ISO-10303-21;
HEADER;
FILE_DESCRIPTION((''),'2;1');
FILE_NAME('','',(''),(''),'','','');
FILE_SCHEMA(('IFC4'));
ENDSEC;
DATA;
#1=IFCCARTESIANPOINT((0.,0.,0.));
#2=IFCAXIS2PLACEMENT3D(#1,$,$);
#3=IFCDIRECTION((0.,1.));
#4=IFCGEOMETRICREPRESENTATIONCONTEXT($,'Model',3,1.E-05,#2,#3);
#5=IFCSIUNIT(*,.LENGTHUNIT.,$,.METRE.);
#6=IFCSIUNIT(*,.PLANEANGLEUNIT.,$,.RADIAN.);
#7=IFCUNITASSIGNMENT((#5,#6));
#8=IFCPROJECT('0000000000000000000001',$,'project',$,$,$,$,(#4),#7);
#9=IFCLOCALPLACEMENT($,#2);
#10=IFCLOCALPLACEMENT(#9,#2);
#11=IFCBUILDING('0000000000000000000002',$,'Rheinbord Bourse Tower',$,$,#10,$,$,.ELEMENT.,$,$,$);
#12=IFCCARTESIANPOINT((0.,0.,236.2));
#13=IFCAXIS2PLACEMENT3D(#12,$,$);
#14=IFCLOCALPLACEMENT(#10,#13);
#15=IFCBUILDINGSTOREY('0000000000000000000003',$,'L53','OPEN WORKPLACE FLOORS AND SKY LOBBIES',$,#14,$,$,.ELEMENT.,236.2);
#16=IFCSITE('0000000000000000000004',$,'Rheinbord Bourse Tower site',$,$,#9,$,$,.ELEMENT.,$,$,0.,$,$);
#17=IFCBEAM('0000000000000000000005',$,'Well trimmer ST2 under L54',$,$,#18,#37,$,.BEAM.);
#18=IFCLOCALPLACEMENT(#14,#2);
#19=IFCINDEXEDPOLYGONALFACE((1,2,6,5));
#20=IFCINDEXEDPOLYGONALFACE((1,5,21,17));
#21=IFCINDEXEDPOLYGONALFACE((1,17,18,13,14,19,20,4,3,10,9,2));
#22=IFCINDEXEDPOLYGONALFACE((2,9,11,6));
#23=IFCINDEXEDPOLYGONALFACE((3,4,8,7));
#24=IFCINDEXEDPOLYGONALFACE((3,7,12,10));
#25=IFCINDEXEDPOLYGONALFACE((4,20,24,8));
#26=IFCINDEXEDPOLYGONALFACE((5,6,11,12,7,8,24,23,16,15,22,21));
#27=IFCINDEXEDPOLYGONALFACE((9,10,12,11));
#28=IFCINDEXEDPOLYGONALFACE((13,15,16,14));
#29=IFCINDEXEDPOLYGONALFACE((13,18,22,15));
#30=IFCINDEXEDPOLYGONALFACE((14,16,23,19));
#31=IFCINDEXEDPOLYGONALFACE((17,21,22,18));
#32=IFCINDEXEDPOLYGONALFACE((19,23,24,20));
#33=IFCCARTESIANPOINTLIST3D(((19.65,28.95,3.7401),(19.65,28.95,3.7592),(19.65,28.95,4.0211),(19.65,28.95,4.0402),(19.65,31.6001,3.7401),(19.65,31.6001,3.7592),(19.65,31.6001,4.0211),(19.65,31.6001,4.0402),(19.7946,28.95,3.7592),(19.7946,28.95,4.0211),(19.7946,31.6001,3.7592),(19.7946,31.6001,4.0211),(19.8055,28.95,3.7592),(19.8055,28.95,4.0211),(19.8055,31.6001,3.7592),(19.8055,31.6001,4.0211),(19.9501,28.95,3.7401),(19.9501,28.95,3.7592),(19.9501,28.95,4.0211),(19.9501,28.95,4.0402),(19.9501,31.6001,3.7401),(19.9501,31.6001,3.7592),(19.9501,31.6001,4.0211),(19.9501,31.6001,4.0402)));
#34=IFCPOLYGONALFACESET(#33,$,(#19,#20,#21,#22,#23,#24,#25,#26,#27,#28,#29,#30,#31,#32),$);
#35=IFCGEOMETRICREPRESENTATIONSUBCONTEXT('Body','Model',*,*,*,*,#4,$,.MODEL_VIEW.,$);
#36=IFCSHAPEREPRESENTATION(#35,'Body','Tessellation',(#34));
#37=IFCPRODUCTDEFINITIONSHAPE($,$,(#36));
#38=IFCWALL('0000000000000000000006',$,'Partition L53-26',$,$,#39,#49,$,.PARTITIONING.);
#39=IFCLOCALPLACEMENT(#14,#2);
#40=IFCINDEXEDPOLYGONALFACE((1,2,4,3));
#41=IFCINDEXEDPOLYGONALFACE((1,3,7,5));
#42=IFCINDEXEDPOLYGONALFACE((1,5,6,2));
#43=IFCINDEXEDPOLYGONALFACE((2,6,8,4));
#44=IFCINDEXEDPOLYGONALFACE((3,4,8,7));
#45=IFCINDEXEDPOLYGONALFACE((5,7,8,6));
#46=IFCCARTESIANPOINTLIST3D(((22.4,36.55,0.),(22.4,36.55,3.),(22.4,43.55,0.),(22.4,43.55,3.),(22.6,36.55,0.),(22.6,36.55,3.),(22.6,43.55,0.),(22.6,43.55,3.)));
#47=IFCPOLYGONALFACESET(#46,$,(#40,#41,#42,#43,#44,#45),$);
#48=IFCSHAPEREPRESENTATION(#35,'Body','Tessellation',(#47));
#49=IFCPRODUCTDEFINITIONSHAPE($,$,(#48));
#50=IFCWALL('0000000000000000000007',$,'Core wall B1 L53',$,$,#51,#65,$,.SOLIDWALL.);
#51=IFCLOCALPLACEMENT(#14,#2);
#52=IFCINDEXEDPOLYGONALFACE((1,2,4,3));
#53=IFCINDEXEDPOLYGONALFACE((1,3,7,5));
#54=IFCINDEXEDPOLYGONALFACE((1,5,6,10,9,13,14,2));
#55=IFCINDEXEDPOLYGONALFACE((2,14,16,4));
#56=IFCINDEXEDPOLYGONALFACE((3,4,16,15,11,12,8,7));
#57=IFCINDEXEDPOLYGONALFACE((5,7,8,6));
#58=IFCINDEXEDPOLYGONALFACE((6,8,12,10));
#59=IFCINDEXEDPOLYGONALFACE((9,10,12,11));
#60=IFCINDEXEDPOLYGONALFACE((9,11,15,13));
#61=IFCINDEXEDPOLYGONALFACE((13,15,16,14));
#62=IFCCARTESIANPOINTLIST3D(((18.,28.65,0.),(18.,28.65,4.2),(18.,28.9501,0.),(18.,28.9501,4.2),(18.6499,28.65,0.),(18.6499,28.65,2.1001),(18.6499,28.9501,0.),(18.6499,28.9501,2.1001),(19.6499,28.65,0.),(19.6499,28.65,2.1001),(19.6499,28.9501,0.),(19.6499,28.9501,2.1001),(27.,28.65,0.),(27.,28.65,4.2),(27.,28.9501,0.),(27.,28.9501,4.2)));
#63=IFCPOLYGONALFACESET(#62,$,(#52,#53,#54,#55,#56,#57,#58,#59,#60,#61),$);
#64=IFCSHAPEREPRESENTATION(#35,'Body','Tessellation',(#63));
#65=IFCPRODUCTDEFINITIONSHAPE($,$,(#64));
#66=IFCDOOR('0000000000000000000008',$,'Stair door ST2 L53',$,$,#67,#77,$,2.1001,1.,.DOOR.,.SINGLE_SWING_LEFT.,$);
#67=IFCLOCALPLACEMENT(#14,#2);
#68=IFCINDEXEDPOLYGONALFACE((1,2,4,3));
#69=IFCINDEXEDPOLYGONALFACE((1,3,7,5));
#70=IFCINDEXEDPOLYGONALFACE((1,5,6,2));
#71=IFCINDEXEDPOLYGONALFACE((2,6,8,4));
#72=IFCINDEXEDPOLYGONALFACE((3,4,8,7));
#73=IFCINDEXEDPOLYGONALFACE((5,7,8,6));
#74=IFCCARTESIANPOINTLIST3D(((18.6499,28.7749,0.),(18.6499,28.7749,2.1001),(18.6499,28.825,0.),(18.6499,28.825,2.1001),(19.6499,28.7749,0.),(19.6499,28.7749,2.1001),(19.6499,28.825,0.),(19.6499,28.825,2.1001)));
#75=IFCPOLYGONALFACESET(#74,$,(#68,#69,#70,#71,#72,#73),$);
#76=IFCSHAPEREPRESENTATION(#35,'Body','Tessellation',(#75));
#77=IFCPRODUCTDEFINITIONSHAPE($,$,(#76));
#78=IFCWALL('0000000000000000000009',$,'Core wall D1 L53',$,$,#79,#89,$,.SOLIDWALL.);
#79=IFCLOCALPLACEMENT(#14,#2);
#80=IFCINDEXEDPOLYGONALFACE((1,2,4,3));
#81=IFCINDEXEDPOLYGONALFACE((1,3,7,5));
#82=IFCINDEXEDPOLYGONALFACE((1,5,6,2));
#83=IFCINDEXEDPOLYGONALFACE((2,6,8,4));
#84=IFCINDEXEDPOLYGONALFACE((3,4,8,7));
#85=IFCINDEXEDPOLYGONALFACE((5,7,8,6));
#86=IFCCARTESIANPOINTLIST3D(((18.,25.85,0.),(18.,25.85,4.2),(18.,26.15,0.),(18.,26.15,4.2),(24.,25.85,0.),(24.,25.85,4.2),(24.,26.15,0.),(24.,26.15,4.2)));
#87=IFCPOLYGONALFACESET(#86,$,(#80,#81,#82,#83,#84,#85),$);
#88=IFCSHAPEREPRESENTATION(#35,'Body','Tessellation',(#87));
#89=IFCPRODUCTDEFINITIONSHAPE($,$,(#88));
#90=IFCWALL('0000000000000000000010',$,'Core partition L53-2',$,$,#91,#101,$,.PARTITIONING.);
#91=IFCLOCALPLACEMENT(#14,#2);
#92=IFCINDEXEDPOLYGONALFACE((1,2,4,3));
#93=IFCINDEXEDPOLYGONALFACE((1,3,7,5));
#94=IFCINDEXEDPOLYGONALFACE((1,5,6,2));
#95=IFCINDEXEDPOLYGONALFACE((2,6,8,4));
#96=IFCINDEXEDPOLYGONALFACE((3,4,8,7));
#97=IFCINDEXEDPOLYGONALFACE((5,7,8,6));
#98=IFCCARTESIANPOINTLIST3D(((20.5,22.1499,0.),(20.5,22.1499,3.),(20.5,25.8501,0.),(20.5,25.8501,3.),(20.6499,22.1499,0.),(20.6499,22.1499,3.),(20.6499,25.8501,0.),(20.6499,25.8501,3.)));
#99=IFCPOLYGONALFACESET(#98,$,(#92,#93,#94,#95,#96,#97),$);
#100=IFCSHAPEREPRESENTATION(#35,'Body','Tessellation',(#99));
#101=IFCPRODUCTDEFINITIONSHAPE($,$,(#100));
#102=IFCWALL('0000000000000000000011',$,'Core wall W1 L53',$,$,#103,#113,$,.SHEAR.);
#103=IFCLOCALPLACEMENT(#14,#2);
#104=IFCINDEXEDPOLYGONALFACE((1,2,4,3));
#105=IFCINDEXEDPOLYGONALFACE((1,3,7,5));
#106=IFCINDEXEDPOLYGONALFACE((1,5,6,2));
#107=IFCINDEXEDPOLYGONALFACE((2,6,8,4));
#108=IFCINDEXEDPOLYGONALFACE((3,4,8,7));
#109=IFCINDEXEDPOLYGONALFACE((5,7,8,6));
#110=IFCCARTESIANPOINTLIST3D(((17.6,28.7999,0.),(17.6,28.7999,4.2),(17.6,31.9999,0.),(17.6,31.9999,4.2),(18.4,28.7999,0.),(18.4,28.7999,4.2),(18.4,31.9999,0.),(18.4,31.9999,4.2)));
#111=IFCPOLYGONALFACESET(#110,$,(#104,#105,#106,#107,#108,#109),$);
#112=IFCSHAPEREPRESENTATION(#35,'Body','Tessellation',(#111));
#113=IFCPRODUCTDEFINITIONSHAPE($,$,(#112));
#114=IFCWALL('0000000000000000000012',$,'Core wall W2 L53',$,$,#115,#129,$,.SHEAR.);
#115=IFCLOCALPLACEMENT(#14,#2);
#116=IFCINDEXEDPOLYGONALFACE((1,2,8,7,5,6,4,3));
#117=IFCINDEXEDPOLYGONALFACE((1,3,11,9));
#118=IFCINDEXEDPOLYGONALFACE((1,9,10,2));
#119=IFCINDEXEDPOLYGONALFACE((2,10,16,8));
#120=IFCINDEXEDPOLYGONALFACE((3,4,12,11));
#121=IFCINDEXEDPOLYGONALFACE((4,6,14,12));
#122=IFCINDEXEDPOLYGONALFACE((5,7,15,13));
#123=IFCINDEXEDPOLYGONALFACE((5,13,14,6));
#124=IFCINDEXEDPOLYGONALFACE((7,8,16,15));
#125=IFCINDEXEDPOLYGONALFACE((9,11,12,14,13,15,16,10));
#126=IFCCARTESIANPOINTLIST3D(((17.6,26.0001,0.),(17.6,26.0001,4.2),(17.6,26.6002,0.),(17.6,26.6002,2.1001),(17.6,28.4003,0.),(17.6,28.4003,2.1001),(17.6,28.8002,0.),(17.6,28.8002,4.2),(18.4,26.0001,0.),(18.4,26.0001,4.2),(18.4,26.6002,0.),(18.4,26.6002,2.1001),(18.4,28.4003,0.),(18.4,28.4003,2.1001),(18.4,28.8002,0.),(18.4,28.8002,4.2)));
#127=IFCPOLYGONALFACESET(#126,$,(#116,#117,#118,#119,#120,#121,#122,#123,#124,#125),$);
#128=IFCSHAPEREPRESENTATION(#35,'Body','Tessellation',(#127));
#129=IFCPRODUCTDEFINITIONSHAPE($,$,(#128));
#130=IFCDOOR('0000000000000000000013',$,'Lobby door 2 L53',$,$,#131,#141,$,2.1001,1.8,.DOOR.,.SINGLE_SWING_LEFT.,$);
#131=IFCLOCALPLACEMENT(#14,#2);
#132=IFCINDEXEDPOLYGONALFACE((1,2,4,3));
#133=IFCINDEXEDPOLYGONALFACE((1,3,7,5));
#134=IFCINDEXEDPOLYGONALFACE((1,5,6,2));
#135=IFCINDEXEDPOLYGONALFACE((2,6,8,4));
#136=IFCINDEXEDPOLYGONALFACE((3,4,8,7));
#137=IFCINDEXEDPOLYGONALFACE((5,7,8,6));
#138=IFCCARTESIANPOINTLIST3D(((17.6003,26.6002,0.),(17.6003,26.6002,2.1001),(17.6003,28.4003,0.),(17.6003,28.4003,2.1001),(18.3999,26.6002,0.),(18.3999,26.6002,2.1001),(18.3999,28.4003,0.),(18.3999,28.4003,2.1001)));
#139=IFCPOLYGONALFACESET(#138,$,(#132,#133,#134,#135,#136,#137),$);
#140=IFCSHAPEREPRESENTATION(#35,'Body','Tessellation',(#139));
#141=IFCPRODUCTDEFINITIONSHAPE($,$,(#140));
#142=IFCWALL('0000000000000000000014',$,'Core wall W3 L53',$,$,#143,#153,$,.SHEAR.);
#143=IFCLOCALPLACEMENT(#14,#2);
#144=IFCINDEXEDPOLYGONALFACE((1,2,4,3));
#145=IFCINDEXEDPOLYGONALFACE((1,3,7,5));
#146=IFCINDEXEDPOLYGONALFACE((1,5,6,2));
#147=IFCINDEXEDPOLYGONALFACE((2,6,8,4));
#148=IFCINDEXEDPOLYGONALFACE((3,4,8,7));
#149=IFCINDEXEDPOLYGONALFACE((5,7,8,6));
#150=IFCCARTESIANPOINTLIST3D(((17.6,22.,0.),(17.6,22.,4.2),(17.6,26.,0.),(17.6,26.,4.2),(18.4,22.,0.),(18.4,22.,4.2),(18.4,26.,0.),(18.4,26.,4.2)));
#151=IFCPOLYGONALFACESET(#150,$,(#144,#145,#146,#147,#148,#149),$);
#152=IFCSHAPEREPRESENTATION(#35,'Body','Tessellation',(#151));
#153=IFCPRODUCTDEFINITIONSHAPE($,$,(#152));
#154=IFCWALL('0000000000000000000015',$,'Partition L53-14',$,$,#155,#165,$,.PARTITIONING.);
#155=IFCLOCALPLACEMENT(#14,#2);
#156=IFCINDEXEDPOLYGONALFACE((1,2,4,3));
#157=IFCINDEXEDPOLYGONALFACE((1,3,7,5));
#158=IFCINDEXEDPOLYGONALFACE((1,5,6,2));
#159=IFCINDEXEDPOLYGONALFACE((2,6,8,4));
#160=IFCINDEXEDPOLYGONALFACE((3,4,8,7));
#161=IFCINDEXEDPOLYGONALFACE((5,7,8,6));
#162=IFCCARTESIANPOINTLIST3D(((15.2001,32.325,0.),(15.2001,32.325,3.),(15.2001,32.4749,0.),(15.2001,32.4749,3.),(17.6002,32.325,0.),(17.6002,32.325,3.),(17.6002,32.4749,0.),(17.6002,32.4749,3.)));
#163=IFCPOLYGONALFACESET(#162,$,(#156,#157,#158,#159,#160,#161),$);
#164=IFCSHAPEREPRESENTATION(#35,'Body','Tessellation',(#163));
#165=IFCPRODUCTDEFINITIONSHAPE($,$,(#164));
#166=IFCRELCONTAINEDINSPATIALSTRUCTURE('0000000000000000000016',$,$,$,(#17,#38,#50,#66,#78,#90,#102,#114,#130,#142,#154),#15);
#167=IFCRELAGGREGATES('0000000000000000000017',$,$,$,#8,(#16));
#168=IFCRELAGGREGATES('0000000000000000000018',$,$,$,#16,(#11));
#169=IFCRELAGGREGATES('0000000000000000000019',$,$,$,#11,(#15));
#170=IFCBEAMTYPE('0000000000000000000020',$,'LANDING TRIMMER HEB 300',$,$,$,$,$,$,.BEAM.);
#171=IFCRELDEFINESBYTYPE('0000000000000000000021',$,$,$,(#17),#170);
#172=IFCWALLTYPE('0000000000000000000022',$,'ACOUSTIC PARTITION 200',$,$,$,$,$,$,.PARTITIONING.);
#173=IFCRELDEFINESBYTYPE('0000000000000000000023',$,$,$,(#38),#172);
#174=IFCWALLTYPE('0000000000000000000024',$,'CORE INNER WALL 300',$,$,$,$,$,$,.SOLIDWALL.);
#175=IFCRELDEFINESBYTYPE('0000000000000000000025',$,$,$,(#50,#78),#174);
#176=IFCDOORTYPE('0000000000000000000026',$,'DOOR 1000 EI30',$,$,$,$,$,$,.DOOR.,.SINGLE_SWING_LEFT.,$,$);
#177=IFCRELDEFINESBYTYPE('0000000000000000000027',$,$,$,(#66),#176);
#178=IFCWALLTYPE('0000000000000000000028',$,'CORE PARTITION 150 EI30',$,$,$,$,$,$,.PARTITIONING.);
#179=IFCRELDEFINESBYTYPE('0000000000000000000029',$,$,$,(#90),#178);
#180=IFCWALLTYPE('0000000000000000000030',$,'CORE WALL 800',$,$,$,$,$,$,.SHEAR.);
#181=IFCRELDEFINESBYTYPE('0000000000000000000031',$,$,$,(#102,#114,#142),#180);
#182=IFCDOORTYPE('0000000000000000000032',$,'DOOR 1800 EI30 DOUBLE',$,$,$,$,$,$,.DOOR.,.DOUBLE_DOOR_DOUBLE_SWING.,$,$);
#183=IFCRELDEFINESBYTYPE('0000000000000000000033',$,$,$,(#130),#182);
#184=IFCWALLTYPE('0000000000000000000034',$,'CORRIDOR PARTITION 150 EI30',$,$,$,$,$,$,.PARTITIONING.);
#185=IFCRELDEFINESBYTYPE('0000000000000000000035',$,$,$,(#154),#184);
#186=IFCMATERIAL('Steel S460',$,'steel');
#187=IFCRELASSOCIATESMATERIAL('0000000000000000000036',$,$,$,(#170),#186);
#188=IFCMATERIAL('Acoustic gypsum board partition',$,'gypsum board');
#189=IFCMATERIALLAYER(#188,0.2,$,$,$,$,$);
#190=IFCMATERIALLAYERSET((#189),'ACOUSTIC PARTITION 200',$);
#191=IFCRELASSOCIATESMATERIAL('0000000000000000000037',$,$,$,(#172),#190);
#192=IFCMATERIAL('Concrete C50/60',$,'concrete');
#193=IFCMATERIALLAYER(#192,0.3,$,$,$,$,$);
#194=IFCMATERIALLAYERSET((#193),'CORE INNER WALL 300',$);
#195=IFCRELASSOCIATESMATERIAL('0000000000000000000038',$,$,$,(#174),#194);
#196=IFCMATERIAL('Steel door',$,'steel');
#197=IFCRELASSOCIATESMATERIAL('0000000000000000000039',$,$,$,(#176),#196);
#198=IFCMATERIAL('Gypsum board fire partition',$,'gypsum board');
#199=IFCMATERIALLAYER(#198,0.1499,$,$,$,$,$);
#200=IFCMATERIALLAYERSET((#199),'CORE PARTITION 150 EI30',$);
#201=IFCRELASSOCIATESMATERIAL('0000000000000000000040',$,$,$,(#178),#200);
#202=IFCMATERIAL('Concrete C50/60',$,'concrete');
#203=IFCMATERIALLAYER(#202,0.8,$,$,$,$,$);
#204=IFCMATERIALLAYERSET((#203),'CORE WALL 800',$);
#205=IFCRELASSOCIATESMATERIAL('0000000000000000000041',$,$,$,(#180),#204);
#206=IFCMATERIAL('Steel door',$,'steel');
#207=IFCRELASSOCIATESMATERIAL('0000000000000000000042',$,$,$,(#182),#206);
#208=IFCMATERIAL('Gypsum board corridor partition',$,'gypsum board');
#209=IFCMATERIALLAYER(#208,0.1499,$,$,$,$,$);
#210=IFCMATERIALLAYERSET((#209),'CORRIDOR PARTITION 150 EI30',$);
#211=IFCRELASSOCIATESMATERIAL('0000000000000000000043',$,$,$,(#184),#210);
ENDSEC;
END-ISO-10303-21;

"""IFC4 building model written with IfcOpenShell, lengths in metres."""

from ifc_helpers import new_model, si_unit, direction, frame, frame_2d, origin, origin_2d, place, context, subcontext, project, spatial, rectangle, i_section, extrude, material, layer, layer_set, material_profile, profile_set, type_object, element, fill, save


model = new_model("IFC4")

# Units and contexts
model_context = context("Model", 3, precision=1e-05, world=origin(), true_north=direction((0.0, 1.0)))
body_context = subcontext(model_context, "Body", "Model", "MODEL_VIEW")
ifc_project = project(units=[si_unit("LENGTHUNIT", "METRE"), si_unit("PLANEANGLEUNIT", "RADIAN")], contexts=[model_context])

# Site, building, storey
site_placement = place(None, origin())
site = spatial("IfcSite", under=ifc_project, at=site_placement, Name="Rheinbord Bourse Tower site", CompositionType="ELEMENT", RefElevation=0.0)
building_placement = place(site_placement, origin())
building = spatial("IfcBuilding", under=site, at=building_placement, Name="Rheinbord Bourse Tower", CompositionType="ELEMENT")
storey_placement = place(building_placement, frame((0.0, 0.0, 236.2)))
storey = spatial("IfcBuildingStorey", under=building, at=storey_placement, Name="L53", Description="OPEN WORKPLACE FLOORS AND SKY LOBBIES", CompositionType="ELEMENT", Elevation=236.2)

# Beam
ifc_material_1 = material(Name="Steel S460", Category="steel")
ifc_material_profile = material_profile(ifc_material_1, i_section(OverallWidth=0.3, OverallDepth=0.3, WebThickness=0.011, FlangeThickness=0.019, at=origin_2d()), Name="HEB 300")
ifc_profile_set = profile_set([ifc_material_profile], Name="Steel S460")
beam_type = type_object("IfcBeamType", Name="LANDING TRIMMER HEB 300", PredefinedType="BEAM", material=ifc_profile_set)
beam_placement = place(storey_placement, frame((19.8, 28.95, 3.8901), z_axis=(0.0, 1.0, 0.0), x_axis=(-1.0, 0.0, 0.0)))
element("IfcBeam", 1, at=beam_placement, inside=storey, type_object=beam_type, Name="Well trimmer ST2 under L54", PredefinedType="BEAM", context=body_context, shape_type="SweptSolid", body=[
    extrude(i_section(OverallWidth=0.3, OverallDepth=0.3, WebThickness=0.011, FlangeThickness=0.019, at=origin_2d()), origin(), (0.0, 0.0, 1.0), 2.6501),
])

# Wall
ifc_material_2 = material(Name="Acoustic gypsum board partition", Category="gypsum board")
ifc_layer_1 = layer(ifc_material_2, 0.2)
ifc_layer_set_1 = layer_set([ifc_layer_1], Name="ACOUSTIC PARTITION 200")
wall_type_1 = type_object("IfcWallType", Name="ACOUSTIC PARTITION 200", PredefinedType="PARTITIONING", material=ifc_layer_set_1)
wall_1_placement = place(storey_placement, frame((22.5, 36.55, 0.0), z_axis=(0.0, 0.0, 1.0), x_axis=(0.0, 1.0, 0.0)))
element("IfcWall", 2, at=wall_1_placement, inside=storey, type_object=wall_type_1, Name="Partition L53-26", PredefinedType="PARTITIONING", context=body_context, shape_type="SweptSolid", body=[
    extrude(rectangle(XDim=7.0, YDim=0.2, at=frame_2d((3.5, 0.0))), origin(), (0.0, 0.0, 1.0), 3.0),
])

# Wall, opening, door
ifc_material_3 = material(Name="Concrete C50/60", Category="concrete")
ifc_layer_2 = layer(ifc_material_3, 0.3)
ifc_layer_set_2 = layer_set([ifc_layer_2], Name="CORE INNER WALL 300")
wall_type_2 = type_object("IfcWallType", Name="CORE INNER WALL 300", PredefinedType="SOLIDWALL", material=ifc_layer_set_2)
wall_2_placement = place(storey_placement, frame((18.0, 28.8, 0.0), z_axis=(0.0, 0.0, 1.0), x_axis=(1.0, 0.0, 0.0)))
wall_2 = element("IfcWall", 3, at=wall_2_placement, inside=storey, type_object=wall_type_2, Name="Core wall B1 L53", PredefinedType="SOLIDWALL", context=body_context, shape_type="SweptSolid", body=[
    extrude(rectangle(XDim=9.0, YDim=0.3, at=frame_2d((4.5, 0.0))), origin(), (0.0, 0.0, 1.0), 4.2),
])
opening_1_placement = place(wall_2_placement, frame((0.6499, 0.0, 0.0)))
opening_1 = element("IfcOpeningElement", 4, at=opening_1_placement, cuts=wall_2, PredefinedType="OPENING", context=body_context, shape_type="SweptSolid", body=[
    extrude(rectangle(XDim=1.0, YDim=2.1001, at=frame_2d((0.5, 1.05))), frame((0.0, 0.1599, 0.0), z_axis=(0.0, -1.0, 0.0), x_axis=(1.0, 0.0, 0.0)), (0.0, 0.0, 1.0), 0.3201),
])
ifc_material_4 = material(Name="Steel door", Category="steel")
door_type_1 = type_object("IfcDoorType", Name="DOOR 1000 EI30", OperationType="SINGLE_SWING_LEFT", PredefinedType="DOOR", material=ifc_material_4)
door_1_placement = place(opening_1_placement, origin())
door_1 = element("IfcDoor", 5, at=door_1_placement, inside=storey, type_object=door_type_1, Name="Stair door ST2 L53", OperationType="SINGLE_SWING_LEFT", OverallHeight=2.1001, OverallWidth=1.0, PredefinedType="DOOR", context=body_context, shape_type="SweptSolid", body=[
    extrude(rectangle(XDim=1.0, YDim=2.1001, at=frame_2d((0.5, 1.05))), frame((0.0, 0.0249, 0.0), z_axis=(0.0, -1.0, 0.0), x_axis=(1.0, 0.0, 0.0)), (0.0, 0.0, 1.0), 0.05),
])
fill(opening_1, door_1)

# Walls
wall_3_placement = place(storey_placement, frame((18.0, 26.0, 0.0), z_axis=(0.0, 0.0, 1.0), x_axis=(1.0, 0.0, 0.0)))
element("IfcWall", 6, at=wall_3_placement, inside=storey, type_object=wall_type_2, Name="Core wall D1 L53", PredefinedType="SOLIDWALL", context=body_context, shape_type="SweptSolid", body=[
    extrude(rectangle(XDim=6.0, YDim=0.3, at=frame_2d((3.0, 0.0))), origin(), (0.0, 0.0, 1.0), 4.2),
])
ifc_material_5 = material(Name="Gypsum board fire partition", Category="gypsum board")
ifc_layer_3 = layer(ifc_material_5, 0.1499)
ifc_layer_set_3 = layer_set([ifc_layer_3], Name="CORE PARTITION 150 EI30")
wall_type_3 = type_object("IfcWallType", Name="CORE PARTITION 150 EI30", PredefinedType="PARTITIONING", material=ifc_layer_set_3)
wall_4_placement = place(storey_placement, frame((20.575, 22.1499, 0.0), z_axis=(0.0, 0.0, 1.0), x_axis=(0.0, 1.0, 0.0)))
element("IfcWall", 7, at=wall_4_placement, inside=storey, type_object=wall_type_3, Name="Core partition L53-2", PredefinedType="PARTITIONING", context=body_context, shape_type="SweptSolid", body=[
    extrude(rectangle(XDim=3.7002, YDim=0.1499, at=frame_2d((1.8501, 0.0))), origin(), (0.0, 0.0, 1.0), 3.0),
])
ifc_material_6 = material(Name="Concrete C50/60", Category="concrete")
ifc_layer_4 = layer(ifc_material_6, 0.8)
ifc_layer_set_4 = layer_set([ifc_layer_4], Name="CORE WALL 800")
wall_type_4 = type_object("IfcWallType", Name="CORE WALL 800", PredefinedType="SHEAR", material=ifc_layer_set_4)
wall_5_placement = place(storey_placement, frame((18.0, 32.0, 0.0), z_axis=(0.0, 0.0, 1.0), x_axis=(0.0, -1.0, 0.0)))
element("IfcWall", 8, at=wall_5_placement, inside=storey, type_object=wall_type_4, Name="Core wall W1 L53", PredefinedType="SHEAR", context=body_context, shape_type="SweptSolid", body=[
    extrude(rectangle(XDim=3.2, YDim=0.8, at=frame_2d((1.6001, 0.0))), origin(), (0.0, 0.0, 1.0), 4.2),
])

# Wall, opening, door
wall_6_placement = place(storey_placement, frame((18.0, 28.8, 0.0), z_axis=(0.0, 0.0, 1.0), x_axis=(0.0, -1.0, 0.0)))
wall_6 = element("IfcWall", 9, at=wall_6_placement, inside=storey, type_object=wall_type_4, Name="Core wall W2 L53", PredefinedType="SHEAR", context=body_context, shape_type="SweptSolid", body=[
    extrude(rectangle(XDim=2.8, YDim=0.8, at=frame_2d((1.3999, 0.0))), origin(), (0.0, 0.0, 1.0), 4.2),
])
opening_2_placement = place(wall_6_placement, frame((0.3999, 0.0, 0.0)))
opening_2 = element("IfcOpeningElement", 10, at=opening_2_placement, cuts=wall_6, PredefinedType="OPENING", context=body_context, shape_type="SweptSolid", body=[
    extrude(rectangle(XDim=1.8, YDim=2.1001, at=frame_2d((0.8999, 1.05))), frame((0.0, 0.4099, 0.0), z_axis=(0.0, -1.0, 0.0), x_axis=(1.0, 0.0, 0.0)), (0.0, 0.0, 1.0), 0.8201),
])
ifc_material_7 = material(Name="Steel door", Category="steel")
door_type_2 = type_object("IfcDoorType", Name="DOOR 1800 EI30 DOUBLE", OperationType="DOUBLE_DOOR_DOUBLE_SWING", PredefinedType="DOOR", material=ifc_material_7)
door_2_placement = place(opening_2_placement, origin())
door_2 = element("IfcDoor", 11, at=door_2_placement, inside=storey, type_object=door_type_2, Name="Lobby door 2 L53", OperationType="SINGLE_SWING_LEFT", OverallHeight=2.1001, OverallWidth=1.8, PredefinedType="DOOR", context=body_context, shape_type="SweptSolid", body=[
    extrude(rectangle(XDim=1.8, YDim=2.1001, at=frame_2d((0.8999, 1.05))), frame((0.0, 0.3999, 0.0), z_axis=(0.0, -1.0, 0.0), x_axis=(1.0, 0.0, 0.0)), (0.0, 0.0, 1.0), 0.7996),
])
fill(opening_2, door_2)

# Walls
wall_7_placement = place(storey_placement, frame((18.0, 26.0, 0.0), z_axis=(0.0, 0.0, 1.0), x_axis=(0.0, -1.0, 0.0)))
element("IfcWall", 12, at=wall_7_placement, inside=storey, type_object=wall_type_4, Name="Core wall W3 L53", PredefinedType="SHEAR", context=body_context, shape_type="SweptSolid", body=[
    extrude(rectangle(XDim=4.0, YDim=0.8, at=frame_2d((2.0, 0.0))), origin(), (0.0, 0.0, 1.0), 4.2),
])
ifc_material_8 = material(Name="Gypsum board corridor partition", Category="gypsum board")
ifc_layer_5 = layer(ifc_material_8, 0.1499)
ifc_layer_set_5 = layer_set([ifc_layer_5], Name="CORRIDOR PARTITION 150 EI30")
wall_type_5 = type_object("IfcWallType", Name="CORRIDOR PARTITION 150 EI30", PredefinedType="PARTITIONING", material=ifc_layer_set_5)
wall_8_placement = place(storey_placement, frame((15.2, 32.3999, 0.0), z_axis=(0.0, 0.0, 1.0), x_axis=(1.0, 0.0, 0.0)))
element("IfcWall", 13, at=wall_8_placement, inside=storey, type_object=wall_type_5, Name="Partition L53-14", PredefinedType="PARTITIONING", context=body_context, shape_type="SweptSolid", body=[
    extrude(rectangle(XDim=2.4001, YDim=0.1499, at=frame_2d((1.2002, 0.0))), origin(), (0.0, 0.0, 1.0), 3.0),
])

save(model, "model.ifc")
